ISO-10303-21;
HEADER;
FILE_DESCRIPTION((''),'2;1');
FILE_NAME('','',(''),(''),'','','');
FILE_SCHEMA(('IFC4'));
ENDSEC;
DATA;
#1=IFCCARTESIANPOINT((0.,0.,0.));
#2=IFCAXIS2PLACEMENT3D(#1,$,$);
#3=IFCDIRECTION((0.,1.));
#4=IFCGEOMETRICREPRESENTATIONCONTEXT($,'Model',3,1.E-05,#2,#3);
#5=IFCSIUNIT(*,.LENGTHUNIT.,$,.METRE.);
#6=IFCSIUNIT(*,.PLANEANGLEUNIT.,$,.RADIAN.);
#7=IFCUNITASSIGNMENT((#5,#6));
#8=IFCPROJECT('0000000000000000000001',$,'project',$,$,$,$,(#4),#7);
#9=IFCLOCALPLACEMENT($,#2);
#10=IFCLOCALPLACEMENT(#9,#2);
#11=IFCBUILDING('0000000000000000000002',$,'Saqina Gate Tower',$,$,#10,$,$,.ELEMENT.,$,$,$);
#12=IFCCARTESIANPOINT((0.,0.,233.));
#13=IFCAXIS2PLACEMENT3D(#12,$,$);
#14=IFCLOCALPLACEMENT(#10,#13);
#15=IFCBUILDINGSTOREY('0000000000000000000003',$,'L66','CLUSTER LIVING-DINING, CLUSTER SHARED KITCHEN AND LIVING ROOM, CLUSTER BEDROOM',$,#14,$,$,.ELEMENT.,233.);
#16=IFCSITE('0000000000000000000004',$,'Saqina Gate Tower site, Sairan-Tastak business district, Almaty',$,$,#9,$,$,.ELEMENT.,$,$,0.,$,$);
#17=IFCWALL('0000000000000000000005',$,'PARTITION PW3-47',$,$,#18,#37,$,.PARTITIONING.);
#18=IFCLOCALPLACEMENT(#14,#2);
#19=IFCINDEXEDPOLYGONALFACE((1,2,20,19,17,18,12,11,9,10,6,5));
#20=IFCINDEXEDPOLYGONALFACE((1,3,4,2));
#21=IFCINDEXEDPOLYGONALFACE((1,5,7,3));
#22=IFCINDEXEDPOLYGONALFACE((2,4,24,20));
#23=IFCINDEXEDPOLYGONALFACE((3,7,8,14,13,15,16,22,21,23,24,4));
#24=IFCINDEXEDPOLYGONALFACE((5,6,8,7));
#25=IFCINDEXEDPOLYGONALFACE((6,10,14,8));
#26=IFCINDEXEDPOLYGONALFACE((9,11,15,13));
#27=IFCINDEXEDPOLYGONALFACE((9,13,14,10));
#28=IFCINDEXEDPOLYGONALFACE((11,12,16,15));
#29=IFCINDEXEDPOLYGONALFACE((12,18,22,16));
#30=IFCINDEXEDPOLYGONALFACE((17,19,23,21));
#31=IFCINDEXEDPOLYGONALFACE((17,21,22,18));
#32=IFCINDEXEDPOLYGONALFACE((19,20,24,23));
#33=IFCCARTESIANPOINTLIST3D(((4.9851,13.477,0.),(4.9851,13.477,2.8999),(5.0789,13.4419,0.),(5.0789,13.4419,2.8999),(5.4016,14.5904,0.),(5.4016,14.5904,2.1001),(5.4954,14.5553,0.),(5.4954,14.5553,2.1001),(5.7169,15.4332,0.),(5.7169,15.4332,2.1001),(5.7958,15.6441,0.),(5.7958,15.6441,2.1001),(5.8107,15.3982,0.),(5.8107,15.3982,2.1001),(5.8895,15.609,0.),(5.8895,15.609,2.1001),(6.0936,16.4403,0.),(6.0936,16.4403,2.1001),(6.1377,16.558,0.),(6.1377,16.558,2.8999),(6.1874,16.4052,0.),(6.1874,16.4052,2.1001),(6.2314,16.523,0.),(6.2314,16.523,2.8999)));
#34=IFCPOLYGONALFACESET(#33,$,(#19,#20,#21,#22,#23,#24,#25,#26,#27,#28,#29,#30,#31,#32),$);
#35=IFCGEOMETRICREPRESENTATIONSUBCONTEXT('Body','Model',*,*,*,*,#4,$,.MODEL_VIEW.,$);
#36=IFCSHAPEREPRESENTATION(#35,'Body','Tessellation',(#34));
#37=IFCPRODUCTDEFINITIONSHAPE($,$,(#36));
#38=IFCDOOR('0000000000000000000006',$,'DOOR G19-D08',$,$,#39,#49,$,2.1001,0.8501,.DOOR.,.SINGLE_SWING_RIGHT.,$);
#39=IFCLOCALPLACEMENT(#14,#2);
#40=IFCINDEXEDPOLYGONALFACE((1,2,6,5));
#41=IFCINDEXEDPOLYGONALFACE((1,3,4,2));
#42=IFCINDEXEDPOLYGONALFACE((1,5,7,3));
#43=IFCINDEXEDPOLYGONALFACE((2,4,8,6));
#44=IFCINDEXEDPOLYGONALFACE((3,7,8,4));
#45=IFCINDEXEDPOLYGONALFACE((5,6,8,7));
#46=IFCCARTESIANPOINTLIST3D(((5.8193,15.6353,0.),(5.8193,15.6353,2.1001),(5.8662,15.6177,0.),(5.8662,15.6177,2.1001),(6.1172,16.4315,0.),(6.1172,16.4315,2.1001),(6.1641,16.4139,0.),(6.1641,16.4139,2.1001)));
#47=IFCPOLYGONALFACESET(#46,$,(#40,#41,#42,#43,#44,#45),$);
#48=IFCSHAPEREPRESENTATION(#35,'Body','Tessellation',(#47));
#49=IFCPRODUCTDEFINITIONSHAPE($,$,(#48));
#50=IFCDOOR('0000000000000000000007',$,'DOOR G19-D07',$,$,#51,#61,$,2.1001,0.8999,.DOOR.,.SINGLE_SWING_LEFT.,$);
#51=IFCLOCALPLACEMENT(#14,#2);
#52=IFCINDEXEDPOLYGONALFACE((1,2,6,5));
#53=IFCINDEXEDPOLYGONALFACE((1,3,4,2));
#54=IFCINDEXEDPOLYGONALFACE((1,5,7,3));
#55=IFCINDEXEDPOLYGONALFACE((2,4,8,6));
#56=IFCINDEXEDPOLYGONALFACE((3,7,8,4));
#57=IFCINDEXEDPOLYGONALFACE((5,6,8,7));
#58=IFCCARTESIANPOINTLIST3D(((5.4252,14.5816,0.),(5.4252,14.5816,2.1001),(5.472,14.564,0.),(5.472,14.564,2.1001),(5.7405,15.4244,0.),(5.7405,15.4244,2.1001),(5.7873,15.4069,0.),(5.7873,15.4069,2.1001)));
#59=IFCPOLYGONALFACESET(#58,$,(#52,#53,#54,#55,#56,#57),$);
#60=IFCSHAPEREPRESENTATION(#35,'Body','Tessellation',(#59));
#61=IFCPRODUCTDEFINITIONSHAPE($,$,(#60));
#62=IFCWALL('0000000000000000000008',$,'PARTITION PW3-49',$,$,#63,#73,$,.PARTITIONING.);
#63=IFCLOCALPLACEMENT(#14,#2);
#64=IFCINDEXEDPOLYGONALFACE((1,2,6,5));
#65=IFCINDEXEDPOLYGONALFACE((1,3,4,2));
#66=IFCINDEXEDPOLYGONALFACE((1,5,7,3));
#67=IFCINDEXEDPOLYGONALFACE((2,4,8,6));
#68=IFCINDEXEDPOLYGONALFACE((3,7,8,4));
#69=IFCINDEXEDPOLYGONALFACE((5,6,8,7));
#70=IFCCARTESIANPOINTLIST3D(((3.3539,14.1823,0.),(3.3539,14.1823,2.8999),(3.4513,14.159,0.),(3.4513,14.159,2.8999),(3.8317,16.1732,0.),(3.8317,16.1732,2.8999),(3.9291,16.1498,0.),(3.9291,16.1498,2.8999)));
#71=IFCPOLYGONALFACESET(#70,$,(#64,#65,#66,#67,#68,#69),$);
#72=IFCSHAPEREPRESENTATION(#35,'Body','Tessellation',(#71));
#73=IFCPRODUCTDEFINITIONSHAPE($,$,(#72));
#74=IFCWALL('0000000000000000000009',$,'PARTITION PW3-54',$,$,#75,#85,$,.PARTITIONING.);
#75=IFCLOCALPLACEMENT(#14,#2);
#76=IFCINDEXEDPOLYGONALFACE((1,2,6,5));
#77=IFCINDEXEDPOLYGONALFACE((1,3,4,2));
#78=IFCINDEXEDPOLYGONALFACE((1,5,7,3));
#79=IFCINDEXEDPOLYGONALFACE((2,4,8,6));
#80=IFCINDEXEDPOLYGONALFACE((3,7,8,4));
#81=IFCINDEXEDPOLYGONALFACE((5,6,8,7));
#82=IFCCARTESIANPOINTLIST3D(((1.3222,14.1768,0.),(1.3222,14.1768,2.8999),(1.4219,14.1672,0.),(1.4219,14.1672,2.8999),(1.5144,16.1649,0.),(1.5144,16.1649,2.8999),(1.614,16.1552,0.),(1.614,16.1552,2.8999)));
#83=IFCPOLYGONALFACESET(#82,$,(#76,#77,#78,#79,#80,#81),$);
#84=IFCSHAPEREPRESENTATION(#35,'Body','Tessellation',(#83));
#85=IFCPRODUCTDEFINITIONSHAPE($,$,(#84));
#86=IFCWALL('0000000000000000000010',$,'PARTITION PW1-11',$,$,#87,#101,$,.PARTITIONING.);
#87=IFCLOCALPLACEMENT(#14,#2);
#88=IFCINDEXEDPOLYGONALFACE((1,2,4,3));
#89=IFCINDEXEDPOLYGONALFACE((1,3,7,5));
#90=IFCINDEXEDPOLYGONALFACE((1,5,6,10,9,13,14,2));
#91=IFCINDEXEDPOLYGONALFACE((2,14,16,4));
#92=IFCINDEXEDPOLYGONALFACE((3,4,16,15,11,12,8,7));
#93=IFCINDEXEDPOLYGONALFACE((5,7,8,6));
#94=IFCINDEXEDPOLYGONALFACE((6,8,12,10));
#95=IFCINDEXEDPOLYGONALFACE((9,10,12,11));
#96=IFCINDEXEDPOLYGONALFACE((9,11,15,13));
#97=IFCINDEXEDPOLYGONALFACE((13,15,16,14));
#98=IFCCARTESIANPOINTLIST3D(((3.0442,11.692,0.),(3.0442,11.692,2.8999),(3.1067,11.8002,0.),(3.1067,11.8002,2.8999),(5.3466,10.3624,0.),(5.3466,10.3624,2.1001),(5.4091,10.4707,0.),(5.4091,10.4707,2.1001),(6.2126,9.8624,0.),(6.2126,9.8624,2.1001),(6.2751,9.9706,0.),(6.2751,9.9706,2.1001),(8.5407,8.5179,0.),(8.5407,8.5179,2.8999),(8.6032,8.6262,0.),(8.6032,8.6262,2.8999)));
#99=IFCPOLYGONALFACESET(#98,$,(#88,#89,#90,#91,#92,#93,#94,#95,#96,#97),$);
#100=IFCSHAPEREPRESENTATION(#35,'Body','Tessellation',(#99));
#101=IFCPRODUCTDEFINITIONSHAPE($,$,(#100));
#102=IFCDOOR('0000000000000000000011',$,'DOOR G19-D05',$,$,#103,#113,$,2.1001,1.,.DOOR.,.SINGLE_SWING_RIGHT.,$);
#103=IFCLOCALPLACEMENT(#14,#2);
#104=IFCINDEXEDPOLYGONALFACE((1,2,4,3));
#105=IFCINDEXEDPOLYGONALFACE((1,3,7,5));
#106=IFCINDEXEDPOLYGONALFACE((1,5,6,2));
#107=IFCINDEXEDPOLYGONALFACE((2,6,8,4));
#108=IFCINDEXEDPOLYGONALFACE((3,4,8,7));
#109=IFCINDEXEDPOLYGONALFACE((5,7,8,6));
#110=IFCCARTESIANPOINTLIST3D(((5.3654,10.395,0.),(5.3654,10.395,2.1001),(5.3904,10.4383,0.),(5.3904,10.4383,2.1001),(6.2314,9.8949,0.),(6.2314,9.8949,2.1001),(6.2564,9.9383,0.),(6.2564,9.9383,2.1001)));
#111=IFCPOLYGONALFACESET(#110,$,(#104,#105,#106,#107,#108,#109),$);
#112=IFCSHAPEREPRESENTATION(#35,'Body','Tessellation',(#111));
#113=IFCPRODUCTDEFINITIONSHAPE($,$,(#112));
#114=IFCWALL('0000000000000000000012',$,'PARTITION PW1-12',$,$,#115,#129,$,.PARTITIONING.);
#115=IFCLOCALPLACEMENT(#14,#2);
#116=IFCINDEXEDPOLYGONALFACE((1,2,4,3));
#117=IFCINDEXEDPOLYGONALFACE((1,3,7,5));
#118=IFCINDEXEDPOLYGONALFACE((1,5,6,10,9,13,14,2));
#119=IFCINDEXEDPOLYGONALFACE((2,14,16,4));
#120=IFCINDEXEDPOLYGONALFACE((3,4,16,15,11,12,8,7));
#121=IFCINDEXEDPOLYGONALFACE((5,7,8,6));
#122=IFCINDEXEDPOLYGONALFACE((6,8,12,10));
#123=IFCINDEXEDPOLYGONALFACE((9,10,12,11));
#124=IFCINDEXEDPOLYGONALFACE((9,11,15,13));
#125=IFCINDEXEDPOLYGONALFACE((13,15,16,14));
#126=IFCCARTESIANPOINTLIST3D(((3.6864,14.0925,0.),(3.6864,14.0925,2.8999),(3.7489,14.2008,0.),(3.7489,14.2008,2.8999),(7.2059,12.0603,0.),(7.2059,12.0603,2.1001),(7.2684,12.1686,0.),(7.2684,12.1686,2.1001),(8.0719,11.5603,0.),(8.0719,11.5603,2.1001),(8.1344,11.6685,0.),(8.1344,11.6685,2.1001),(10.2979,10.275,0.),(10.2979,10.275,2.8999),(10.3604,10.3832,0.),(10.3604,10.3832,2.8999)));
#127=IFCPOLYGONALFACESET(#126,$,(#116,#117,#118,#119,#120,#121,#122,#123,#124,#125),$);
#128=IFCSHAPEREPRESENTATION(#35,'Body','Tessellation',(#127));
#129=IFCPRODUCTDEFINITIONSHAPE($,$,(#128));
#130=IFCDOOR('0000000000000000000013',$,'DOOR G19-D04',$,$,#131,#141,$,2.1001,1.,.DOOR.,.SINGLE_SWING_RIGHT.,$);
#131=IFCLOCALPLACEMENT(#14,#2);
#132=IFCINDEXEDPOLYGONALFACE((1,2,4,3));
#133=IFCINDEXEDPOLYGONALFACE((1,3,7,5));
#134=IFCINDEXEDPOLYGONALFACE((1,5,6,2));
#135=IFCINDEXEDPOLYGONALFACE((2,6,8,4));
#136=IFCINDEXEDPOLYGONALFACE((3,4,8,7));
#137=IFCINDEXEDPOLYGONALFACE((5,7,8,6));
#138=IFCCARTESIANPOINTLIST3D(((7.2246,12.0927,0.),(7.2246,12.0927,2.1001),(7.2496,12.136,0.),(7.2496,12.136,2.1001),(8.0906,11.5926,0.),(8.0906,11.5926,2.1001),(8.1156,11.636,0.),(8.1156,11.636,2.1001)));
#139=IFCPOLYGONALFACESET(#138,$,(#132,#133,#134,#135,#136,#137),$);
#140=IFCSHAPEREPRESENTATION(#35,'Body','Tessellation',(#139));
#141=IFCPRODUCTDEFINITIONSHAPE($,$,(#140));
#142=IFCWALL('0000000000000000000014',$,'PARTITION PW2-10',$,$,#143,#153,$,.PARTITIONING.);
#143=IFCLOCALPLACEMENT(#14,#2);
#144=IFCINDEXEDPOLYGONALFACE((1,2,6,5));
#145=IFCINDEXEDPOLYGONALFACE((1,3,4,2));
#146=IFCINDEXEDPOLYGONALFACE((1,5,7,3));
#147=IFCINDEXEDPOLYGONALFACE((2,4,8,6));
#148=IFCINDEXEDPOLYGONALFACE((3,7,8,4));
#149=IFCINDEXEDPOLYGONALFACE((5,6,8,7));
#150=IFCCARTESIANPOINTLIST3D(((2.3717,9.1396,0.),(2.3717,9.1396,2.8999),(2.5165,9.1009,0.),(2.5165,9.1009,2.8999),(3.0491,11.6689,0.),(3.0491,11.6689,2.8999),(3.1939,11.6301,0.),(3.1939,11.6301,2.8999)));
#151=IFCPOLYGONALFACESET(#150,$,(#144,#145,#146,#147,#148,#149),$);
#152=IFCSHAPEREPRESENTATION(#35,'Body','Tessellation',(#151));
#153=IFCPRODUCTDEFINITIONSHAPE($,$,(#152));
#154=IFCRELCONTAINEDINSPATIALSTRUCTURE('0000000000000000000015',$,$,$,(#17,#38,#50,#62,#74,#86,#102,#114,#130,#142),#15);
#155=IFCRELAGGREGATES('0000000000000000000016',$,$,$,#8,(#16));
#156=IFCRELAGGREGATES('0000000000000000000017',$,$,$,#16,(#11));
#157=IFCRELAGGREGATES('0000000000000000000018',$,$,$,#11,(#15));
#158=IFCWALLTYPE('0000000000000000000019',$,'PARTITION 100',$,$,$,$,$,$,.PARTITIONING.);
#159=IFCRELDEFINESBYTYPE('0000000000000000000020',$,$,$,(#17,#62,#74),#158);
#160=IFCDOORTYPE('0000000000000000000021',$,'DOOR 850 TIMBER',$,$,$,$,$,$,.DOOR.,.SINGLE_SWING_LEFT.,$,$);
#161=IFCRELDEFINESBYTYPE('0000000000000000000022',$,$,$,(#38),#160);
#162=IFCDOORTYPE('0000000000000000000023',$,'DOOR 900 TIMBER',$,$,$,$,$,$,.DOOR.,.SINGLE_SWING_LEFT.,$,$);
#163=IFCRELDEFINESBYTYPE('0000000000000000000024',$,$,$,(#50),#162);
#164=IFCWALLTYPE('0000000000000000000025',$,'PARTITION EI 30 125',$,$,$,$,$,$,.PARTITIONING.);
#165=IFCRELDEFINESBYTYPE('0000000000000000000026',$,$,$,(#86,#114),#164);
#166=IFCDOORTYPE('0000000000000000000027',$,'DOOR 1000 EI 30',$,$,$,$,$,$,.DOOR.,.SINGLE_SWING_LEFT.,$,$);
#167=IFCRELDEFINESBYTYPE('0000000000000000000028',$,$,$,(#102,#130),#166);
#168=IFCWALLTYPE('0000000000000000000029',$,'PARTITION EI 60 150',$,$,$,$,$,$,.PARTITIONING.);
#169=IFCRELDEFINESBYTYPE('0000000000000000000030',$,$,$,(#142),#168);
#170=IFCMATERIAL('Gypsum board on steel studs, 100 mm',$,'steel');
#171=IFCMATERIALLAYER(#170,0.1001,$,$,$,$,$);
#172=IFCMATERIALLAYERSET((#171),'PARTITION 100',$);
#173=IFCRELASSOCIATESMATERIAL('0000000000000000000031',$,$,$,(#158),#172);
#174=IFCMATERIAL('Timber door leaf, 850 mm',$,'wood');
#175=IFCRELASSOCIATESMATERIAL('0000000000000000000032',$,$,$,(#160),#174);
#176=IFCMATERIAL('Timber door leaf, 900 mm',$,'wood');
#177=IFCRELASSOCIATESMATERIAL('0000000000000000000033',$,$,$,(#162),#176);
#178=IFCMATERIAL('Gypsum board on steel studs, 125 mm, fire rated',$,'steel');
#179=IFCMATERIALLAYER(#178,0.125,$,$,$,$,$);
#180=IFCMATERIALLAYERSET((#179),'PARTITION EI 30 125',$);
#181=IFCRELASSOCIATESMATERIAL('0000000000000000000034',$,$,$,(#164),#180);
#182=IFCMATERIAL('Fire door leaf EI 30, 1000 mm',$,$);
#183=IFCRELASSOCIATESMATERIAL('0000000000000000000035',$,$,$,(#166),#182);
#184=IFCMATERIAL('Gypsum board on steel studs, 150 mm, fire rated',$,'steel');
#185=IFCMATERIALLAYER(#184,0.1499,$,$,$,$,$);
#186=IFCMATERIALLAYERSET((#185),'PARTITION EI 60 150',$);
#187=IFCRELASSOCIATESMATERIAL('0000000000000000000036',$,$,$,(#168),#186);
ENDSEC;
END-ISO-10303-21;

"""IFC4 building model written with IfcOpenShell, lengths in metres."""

from ifc_helpers import new_model, si_unit, direction, frame, frame_2d, origin, place, context, subcontext, project, spatial, rectangle, extrude, material, layer, layer_set, type_object, element, fill, save


model = new_model("IFC4")

# Units and contexts
model_context = context("Model", 3, precision=1e-05, world=origin(), true_north=direction((0.0, 1.0)))
body_context = subcontext(model_context, "Body", "Model", "MODEL_VIEW")
ifc_project = project(units=[si_unit("LENGTHUNIT", "METRE"), si_unit("PLANEANGLEUNIT", "RADIAN")], contexts=[model_context])

# Site, building, storey
site_placement = place(None, origin())
site = spatial("IfcSite", under=ifc_project, at=site_placement, Name="Saqina Gate Tower site, Sairan-Tastak business district, Almaty", CompositionType="ELEMENT", RefElevation=0.0)
building_placement = place(site_placement, origin())
building = spatial("IfcBuilding", under=site, at=building_placement, Name="Saqina Gate Tower", CompositionType="ELEMENT")
storey_placement = place(building_placement, frame((0.0, 0.0, 233.0)))
storey = spatial("IfcBuildingStorey", under=building, at=storey_placement, Name="L66", Description="CLUSTER LIVING-DINING, CLUSTER SHARED KITCHEN AND LIVING ROOM, CLUSTER BEDROOM", CompositionType="ELEMENT", Elevation=233.0)

# Shared definitions
ifc_material_1 = material(Name="Gypsum board on steel studs, 100 mm", Category="steel")
ifc_layer_1 = layer(ifc_material_1, 0.1001)
ifc_layer_set_1 = layer_set([ifc_layer_1], Name="PARTITION 100")
wall_type_1 = type_object("IfcWallType", Name="PARTITION 100", PredefinedType="PARTITIONING", material=ifc_layer_set_1)

# Wall, openings, doors
wall_1_placement = place(storey_placement, frame((5.032, 13.4595, 0.0), z_axis=(0.0, 0.0, 1.0), x_axis=(0.350375, 0.936609, 0.0)))
wall_1 = element("IfcWall", 1, at=wall_1_placement, inside=storey, type_object=wall_type_1, Name="PARTITION PW3-47", PredefinedType="PARTITIONING", context=body_context, shape_type="SweptSolid", body=[
    extrude(rectangle(XDim=3.2896, YDim=0.1001, at=frame_2d((1.6448, 0.0))), origin(), (0.0, 0.0, 1.0), 2.8999),
])
opening_1_placement = place(wall_1_placement, frame((1.1887, 0.0, 0.0)))
opening_1 = element("IfcOpeningElement", 2, at=opening_1_placement, cuts=wall_1, PredefinedType="OPENING", context=body_context, shape_type="SweptSolid", body=[
    extrude(rectangle(XDim=0.8999, YDim=2.1001, at=frame_2d((0.45, 1.05))), frame((0.0, 0.062, 0.0), z_axis=(0.0, -1.0, 0.0), x_axis=(1.0, 0.0, 0.0)), (0.0, 0.0, 1.0), 0.124),
])
opening_2_placement = place(wall_1_placement, frame((2.3137, 0.0, 0.0)))
opening_2 = element("IfcOpeningElement", 3, at=opening_2_placement, cuts=wall_1, PredefinedType="OPENING", context=body_context, shape_type="SweptSolid", body=[
    extrude(rectangle(XDim=0.8501, YDim=2.1001, at=frame_2d((0.425, 1.05))), frame((0.0, 0.062, 0.0), z_axis=(0.0, -1.0, 0.0), x_axis=(1.0, 0.0, 0.0)), (0.0, 0.0, 1.0), 0.124),
])
ifc_material_2 = material(Name="Timber door leaf, 850 mm", Category="wood")
door_type_1 = type_object("IfcDoorType", Name="DOOR 850 TIMBER", OperationType="SINGLE_SWING_LEFT", PredefinedType="DOOR", material=ifc_material_2)
door_1_placement = place(opening_2_placement, origin())
door_1 = element("IfcDoor", 4, at=door_1_placement, inside=storey, type_object=door_type_1, Name="DOOR G19-D08", OperationType="SINGLE_SWING_RIGHT", OverallHeight=2.1001, OverallWidth=0.8501, PredefinedType="DOOR", context=body_context, shape_type="SweptSolid", body=[
    extrude(rectangle(XDim=0.8501, YDim=2.1001, at=frame_2d((0.425, 1.05))), frame((0.0, 0.0249, 0.0), z_axis=(0.0, -1.0, 0.0), x_axis=(1.0, 0.0, 0.0)), (0.0, 0.0, 1.0), 0.05),
])
fill(opening_2, door_1)
ifc_material_3 = material(Name="Timber door leaf, 900 mm", Category="wood")
door_type_2 = type_object("IfcDoorType", Name="DOOR 900 TIMBER", OperationType="SINGLE_SWING_LEFT", PredefinedType="DOOR", material=ifc_material_3)
door_2_placement = place(opening_1_placement, origin())
door_2 = element("IfcDoor", 5, at=door_2_placement, inside=storey, type_object=door_type_2, Name="DOOR G19-D07", OperationType="SINGLE_SWING_LEFT", OverallHeight=2.1001, OverallWidth=0.8999, PredefinedType="DOOR", context=body_context, shape_type="SweptSolid", body=[
    extrude(rectangle(XDim=0.8999, YDim=2.1001, at=frame_2d((0.45, 1.05))), frame((0.0, 0.0249, 0.0), z_axis=(0.0, -1.0, 0.0), x_axis=(1.0, 0.0, 0.0)), (0.0, 0.0, 1.0), 0.05),
])
fill(opening_1, door_2)

# Walls
wall_2_placement = place(storey_placement, frame((3.4026, 14.1707, 0.0), z_axis=(0.0, 0.0, 1.0), x_axis=(0.233377, 0.972386, 0.0)))
element("IfcWall", 6, at=wall_2_placement, inside=storey, type_object=wall_type_1, Name="PARTITION PW3-49", PredefinedType="PARTITIONING", context=body_context, shape_type="SweptSolid", body=[
    extrude(rectangle(XDim=2.0474, YDim=0.1001, at=frame_2d((1.0237, 0.0))), origin(), (0.0, 0.0, 1.0), 2.8999),
])
wall_3_placement = place(storey_placement, frame((1.3721, 14.1721, 0.0), z_axis=(0.0, 0.0, 1.0), x_axis=(0.096199, 0.995362, 0.0)))
element("IfcWall", 7, at=wall_3_placement, inside=storey, type_object=wall_type_1, Name="PARTITION PW3-54", PredefinedType="PARTITIONING", context=body_context, shape_type="SweptSolid", body=[
    extrude(rectangle(XDim=1.9973, YDim=0.1001, at=frame_2d((0.9985, 0.0))), origin(), (0.0, 0.0, 1.0), 2.8999),
])

# Walls, openings, doors
ifc_material_4 = material(Name="Gypsum board on steel studs, 125 mm, fire rated", Category="steel")
ifc_layer_2 = layer(ifc_material_4, 0.125)
ifc_layer_set_2 = layer_set([ifc_layer_2], Name="PARTITION EI 30 125")
wall_type_2 = type_object("IfcWallType", Name="PARTITION EI 30 125", PredefinedType="PARTITIONING", material=ifc_layer_set_2)
wall_4_placement = place(storey_placement, frame((3.0754, 11.7461, 0.0), z_axis=(0.0, 0.0, 1.0), x_axis=(0.865983, -0.500073, 0.0)))
wall_4 = element("IfcWall", 8, at=wall_4_placement, inside=storey, type_object=wall_type_2, Name="PARTITION PW1-11", PredefinedType="PARTITIONING", context=body_context, shape_type="SweptSolid", body=[
    extrude(rectangle(XDim=6.3472, YDim=0.125, at=frame_2d((3.1736, 0.0))), origin(), (0.0, 0.0, 1.0), 2.8999),
])
opening_3_placement = place(wall_4_placement, frame((2.6587, 0.0, 0.0)))
opening_3 = element("IfcOpeningElement", 9, at=opening_3_placement, cuts=wall_4, PredefinedType="OPENING", context=body_context, shape_type="SweptSolid", body=[
    extrude(rectangle(XDim=1.0, YDim=2.1001, at=frame_2d((0.5, 1.05))), frame((0.0, 0.0745, 0.0), z_axis=(0.0, -1.0, 0.0), x_axis=(1.0, 0.0, 0.0)), (0.0, 0.0, 1.0), 0.1489),
])
ifc_material_5 = material(Name="Fire door leaf EI 30, 1000 mm")
door_type_3 = type_object("IfcDoorType", Name="DOOR 1000 EI 30", OperationType="SINGLE_SWING_LEFT", PredefinedType="DOOR", material=ifc_material_5)
door_3_placement = place(opening_3_placement, frame((1.0, 0.0, 0.0), z_axis=(0.0, 0.0, 1.0), x_axis=(-1.0, 0.0, 0.0)))
door_3 = element("IfcDoor", 10, at=door_3_placement, inside=storey, type_object=door_type_3, Name="DOOR G19-D05", OperationType="SINGLE_SWING_RIGHT", OverallHeight=2.1001, OverallWidth=1.0, PredefinedType="DOOR", context=body_context, shape_type="SweptSolid", body=[
    extrude(rectangle(XDim=1.0, YDim=2.1001, at=frame_2d((0.5, 1.05))), frame((0.0, 0.0249, 0.0), z_axis=(0.0, -1.0, 0.0), x_axis=(1.0, 0.0, 0.0)), (0.0, 0.0, 1.0), 0.05),
])
fill(opening_3, door_3)
wall_5_placement = place(storey_placement, frame((3.7175, 14.1467, 0.0), z_axis=(0.0, 0.0, 1.0), x_axis=(0.866001, -0.500043, 0.0)))
wall_5 = element("IfcWall", 11, at=wall_5_placement, inside=storey, type_object=wall_type_2, Name="PARTITION PW1-12", PredefinedType="PARTITIONING", context=body_context, shape_type="SweptSolid", body=[
    extrude(rectangle(XDim=7.6345, YDim=0.125, at=frame_2d((3.8174, 0.0))), origin(), (0.0, 0.0, 1.0), 2.8999),
])
opening_4_placement = place(wall_5_placement, frame((4.0642, 0.0, 0.0)))
opening_4 = element("IfcOpeningElement", 12, at=opening_4_placement, cuts=wall_5, PredefinedType="OPENING", context=body_context, shape_type="SweptSolid", body=[
    extrude(rectangle(XDim=1.0, YDim=2.1001, at=frame_2d((0.5, 1.05))), frame((0.0, 0.0745, 0.0), z_axis=(0.0, -1.0, 0.0), x_axis=(1.0, 0.0, 0.0)), (0.0, 0.0, 1.0), 0.1489),
])
door_4_placement = place(opening_4_placement, origin())
door_4 = element("IfcDoor", 13, at=door_4_placement, inside=storey, type_object=door_type_3, Name="DOOR G19-D04", OperationType="SINGLE_SWING_RIGHT", OverallHeight=2.1001, OverallWidth=1.0, PredefinedType="DOOR", context=body_context, shape_type="SweptSolid", body=[
    extrude(rectangle(XDim=1.0, YDim=2.1001, at=frame_2d((0.5, 1.05))), frame((0.0, 0.0249, 0.0), z_axis=(0.0, -1.0, 0.0), x_axis=(1.0, 0.0, 0.0)), (0.0, 0.0, 1.0), 0.05),
])
fill(opening_4, door_4)

# Wall
ifc_material_6 = material(Name="Gypsum board on steel studs, 150 mm, fire rated", Category="steel")
ifc_layer_3 = layer(ifc_material_6, 0.1499)
ifc_layer_set_3 = layer_set([ifc_layer_3], Name="PARTITION EI 60 150")
wall_type_3 = type_object("IfcWallType", Name="PARTITION EI 60 150", PredefinedType="PARTITIONING", material=ifc_layer_set_3)
wall_6_placement = place(storey_placement, frame((2.4441, 9.1204, 0.0), z_axis=(0.0, 0.0, 1.0), x_axis=(0.258736, 0.965948, 0.0)))
element("IfcWall", 14, at=wall_6_placement, inside=storey, type_object=wall_type_3, Name="PARTITION PW2-10", PredefinedType="PARTITIONING", context=body_context, shape_type="SweptSolid", body=[
    extrude(rectangle(XDim=2.6184, YDim=0.1499, at=frame_2d((1.3091, 0.0))), origin(), (0.0, 0.0, 1.0), 2.8999),
])

save(model, "model.ifc")
